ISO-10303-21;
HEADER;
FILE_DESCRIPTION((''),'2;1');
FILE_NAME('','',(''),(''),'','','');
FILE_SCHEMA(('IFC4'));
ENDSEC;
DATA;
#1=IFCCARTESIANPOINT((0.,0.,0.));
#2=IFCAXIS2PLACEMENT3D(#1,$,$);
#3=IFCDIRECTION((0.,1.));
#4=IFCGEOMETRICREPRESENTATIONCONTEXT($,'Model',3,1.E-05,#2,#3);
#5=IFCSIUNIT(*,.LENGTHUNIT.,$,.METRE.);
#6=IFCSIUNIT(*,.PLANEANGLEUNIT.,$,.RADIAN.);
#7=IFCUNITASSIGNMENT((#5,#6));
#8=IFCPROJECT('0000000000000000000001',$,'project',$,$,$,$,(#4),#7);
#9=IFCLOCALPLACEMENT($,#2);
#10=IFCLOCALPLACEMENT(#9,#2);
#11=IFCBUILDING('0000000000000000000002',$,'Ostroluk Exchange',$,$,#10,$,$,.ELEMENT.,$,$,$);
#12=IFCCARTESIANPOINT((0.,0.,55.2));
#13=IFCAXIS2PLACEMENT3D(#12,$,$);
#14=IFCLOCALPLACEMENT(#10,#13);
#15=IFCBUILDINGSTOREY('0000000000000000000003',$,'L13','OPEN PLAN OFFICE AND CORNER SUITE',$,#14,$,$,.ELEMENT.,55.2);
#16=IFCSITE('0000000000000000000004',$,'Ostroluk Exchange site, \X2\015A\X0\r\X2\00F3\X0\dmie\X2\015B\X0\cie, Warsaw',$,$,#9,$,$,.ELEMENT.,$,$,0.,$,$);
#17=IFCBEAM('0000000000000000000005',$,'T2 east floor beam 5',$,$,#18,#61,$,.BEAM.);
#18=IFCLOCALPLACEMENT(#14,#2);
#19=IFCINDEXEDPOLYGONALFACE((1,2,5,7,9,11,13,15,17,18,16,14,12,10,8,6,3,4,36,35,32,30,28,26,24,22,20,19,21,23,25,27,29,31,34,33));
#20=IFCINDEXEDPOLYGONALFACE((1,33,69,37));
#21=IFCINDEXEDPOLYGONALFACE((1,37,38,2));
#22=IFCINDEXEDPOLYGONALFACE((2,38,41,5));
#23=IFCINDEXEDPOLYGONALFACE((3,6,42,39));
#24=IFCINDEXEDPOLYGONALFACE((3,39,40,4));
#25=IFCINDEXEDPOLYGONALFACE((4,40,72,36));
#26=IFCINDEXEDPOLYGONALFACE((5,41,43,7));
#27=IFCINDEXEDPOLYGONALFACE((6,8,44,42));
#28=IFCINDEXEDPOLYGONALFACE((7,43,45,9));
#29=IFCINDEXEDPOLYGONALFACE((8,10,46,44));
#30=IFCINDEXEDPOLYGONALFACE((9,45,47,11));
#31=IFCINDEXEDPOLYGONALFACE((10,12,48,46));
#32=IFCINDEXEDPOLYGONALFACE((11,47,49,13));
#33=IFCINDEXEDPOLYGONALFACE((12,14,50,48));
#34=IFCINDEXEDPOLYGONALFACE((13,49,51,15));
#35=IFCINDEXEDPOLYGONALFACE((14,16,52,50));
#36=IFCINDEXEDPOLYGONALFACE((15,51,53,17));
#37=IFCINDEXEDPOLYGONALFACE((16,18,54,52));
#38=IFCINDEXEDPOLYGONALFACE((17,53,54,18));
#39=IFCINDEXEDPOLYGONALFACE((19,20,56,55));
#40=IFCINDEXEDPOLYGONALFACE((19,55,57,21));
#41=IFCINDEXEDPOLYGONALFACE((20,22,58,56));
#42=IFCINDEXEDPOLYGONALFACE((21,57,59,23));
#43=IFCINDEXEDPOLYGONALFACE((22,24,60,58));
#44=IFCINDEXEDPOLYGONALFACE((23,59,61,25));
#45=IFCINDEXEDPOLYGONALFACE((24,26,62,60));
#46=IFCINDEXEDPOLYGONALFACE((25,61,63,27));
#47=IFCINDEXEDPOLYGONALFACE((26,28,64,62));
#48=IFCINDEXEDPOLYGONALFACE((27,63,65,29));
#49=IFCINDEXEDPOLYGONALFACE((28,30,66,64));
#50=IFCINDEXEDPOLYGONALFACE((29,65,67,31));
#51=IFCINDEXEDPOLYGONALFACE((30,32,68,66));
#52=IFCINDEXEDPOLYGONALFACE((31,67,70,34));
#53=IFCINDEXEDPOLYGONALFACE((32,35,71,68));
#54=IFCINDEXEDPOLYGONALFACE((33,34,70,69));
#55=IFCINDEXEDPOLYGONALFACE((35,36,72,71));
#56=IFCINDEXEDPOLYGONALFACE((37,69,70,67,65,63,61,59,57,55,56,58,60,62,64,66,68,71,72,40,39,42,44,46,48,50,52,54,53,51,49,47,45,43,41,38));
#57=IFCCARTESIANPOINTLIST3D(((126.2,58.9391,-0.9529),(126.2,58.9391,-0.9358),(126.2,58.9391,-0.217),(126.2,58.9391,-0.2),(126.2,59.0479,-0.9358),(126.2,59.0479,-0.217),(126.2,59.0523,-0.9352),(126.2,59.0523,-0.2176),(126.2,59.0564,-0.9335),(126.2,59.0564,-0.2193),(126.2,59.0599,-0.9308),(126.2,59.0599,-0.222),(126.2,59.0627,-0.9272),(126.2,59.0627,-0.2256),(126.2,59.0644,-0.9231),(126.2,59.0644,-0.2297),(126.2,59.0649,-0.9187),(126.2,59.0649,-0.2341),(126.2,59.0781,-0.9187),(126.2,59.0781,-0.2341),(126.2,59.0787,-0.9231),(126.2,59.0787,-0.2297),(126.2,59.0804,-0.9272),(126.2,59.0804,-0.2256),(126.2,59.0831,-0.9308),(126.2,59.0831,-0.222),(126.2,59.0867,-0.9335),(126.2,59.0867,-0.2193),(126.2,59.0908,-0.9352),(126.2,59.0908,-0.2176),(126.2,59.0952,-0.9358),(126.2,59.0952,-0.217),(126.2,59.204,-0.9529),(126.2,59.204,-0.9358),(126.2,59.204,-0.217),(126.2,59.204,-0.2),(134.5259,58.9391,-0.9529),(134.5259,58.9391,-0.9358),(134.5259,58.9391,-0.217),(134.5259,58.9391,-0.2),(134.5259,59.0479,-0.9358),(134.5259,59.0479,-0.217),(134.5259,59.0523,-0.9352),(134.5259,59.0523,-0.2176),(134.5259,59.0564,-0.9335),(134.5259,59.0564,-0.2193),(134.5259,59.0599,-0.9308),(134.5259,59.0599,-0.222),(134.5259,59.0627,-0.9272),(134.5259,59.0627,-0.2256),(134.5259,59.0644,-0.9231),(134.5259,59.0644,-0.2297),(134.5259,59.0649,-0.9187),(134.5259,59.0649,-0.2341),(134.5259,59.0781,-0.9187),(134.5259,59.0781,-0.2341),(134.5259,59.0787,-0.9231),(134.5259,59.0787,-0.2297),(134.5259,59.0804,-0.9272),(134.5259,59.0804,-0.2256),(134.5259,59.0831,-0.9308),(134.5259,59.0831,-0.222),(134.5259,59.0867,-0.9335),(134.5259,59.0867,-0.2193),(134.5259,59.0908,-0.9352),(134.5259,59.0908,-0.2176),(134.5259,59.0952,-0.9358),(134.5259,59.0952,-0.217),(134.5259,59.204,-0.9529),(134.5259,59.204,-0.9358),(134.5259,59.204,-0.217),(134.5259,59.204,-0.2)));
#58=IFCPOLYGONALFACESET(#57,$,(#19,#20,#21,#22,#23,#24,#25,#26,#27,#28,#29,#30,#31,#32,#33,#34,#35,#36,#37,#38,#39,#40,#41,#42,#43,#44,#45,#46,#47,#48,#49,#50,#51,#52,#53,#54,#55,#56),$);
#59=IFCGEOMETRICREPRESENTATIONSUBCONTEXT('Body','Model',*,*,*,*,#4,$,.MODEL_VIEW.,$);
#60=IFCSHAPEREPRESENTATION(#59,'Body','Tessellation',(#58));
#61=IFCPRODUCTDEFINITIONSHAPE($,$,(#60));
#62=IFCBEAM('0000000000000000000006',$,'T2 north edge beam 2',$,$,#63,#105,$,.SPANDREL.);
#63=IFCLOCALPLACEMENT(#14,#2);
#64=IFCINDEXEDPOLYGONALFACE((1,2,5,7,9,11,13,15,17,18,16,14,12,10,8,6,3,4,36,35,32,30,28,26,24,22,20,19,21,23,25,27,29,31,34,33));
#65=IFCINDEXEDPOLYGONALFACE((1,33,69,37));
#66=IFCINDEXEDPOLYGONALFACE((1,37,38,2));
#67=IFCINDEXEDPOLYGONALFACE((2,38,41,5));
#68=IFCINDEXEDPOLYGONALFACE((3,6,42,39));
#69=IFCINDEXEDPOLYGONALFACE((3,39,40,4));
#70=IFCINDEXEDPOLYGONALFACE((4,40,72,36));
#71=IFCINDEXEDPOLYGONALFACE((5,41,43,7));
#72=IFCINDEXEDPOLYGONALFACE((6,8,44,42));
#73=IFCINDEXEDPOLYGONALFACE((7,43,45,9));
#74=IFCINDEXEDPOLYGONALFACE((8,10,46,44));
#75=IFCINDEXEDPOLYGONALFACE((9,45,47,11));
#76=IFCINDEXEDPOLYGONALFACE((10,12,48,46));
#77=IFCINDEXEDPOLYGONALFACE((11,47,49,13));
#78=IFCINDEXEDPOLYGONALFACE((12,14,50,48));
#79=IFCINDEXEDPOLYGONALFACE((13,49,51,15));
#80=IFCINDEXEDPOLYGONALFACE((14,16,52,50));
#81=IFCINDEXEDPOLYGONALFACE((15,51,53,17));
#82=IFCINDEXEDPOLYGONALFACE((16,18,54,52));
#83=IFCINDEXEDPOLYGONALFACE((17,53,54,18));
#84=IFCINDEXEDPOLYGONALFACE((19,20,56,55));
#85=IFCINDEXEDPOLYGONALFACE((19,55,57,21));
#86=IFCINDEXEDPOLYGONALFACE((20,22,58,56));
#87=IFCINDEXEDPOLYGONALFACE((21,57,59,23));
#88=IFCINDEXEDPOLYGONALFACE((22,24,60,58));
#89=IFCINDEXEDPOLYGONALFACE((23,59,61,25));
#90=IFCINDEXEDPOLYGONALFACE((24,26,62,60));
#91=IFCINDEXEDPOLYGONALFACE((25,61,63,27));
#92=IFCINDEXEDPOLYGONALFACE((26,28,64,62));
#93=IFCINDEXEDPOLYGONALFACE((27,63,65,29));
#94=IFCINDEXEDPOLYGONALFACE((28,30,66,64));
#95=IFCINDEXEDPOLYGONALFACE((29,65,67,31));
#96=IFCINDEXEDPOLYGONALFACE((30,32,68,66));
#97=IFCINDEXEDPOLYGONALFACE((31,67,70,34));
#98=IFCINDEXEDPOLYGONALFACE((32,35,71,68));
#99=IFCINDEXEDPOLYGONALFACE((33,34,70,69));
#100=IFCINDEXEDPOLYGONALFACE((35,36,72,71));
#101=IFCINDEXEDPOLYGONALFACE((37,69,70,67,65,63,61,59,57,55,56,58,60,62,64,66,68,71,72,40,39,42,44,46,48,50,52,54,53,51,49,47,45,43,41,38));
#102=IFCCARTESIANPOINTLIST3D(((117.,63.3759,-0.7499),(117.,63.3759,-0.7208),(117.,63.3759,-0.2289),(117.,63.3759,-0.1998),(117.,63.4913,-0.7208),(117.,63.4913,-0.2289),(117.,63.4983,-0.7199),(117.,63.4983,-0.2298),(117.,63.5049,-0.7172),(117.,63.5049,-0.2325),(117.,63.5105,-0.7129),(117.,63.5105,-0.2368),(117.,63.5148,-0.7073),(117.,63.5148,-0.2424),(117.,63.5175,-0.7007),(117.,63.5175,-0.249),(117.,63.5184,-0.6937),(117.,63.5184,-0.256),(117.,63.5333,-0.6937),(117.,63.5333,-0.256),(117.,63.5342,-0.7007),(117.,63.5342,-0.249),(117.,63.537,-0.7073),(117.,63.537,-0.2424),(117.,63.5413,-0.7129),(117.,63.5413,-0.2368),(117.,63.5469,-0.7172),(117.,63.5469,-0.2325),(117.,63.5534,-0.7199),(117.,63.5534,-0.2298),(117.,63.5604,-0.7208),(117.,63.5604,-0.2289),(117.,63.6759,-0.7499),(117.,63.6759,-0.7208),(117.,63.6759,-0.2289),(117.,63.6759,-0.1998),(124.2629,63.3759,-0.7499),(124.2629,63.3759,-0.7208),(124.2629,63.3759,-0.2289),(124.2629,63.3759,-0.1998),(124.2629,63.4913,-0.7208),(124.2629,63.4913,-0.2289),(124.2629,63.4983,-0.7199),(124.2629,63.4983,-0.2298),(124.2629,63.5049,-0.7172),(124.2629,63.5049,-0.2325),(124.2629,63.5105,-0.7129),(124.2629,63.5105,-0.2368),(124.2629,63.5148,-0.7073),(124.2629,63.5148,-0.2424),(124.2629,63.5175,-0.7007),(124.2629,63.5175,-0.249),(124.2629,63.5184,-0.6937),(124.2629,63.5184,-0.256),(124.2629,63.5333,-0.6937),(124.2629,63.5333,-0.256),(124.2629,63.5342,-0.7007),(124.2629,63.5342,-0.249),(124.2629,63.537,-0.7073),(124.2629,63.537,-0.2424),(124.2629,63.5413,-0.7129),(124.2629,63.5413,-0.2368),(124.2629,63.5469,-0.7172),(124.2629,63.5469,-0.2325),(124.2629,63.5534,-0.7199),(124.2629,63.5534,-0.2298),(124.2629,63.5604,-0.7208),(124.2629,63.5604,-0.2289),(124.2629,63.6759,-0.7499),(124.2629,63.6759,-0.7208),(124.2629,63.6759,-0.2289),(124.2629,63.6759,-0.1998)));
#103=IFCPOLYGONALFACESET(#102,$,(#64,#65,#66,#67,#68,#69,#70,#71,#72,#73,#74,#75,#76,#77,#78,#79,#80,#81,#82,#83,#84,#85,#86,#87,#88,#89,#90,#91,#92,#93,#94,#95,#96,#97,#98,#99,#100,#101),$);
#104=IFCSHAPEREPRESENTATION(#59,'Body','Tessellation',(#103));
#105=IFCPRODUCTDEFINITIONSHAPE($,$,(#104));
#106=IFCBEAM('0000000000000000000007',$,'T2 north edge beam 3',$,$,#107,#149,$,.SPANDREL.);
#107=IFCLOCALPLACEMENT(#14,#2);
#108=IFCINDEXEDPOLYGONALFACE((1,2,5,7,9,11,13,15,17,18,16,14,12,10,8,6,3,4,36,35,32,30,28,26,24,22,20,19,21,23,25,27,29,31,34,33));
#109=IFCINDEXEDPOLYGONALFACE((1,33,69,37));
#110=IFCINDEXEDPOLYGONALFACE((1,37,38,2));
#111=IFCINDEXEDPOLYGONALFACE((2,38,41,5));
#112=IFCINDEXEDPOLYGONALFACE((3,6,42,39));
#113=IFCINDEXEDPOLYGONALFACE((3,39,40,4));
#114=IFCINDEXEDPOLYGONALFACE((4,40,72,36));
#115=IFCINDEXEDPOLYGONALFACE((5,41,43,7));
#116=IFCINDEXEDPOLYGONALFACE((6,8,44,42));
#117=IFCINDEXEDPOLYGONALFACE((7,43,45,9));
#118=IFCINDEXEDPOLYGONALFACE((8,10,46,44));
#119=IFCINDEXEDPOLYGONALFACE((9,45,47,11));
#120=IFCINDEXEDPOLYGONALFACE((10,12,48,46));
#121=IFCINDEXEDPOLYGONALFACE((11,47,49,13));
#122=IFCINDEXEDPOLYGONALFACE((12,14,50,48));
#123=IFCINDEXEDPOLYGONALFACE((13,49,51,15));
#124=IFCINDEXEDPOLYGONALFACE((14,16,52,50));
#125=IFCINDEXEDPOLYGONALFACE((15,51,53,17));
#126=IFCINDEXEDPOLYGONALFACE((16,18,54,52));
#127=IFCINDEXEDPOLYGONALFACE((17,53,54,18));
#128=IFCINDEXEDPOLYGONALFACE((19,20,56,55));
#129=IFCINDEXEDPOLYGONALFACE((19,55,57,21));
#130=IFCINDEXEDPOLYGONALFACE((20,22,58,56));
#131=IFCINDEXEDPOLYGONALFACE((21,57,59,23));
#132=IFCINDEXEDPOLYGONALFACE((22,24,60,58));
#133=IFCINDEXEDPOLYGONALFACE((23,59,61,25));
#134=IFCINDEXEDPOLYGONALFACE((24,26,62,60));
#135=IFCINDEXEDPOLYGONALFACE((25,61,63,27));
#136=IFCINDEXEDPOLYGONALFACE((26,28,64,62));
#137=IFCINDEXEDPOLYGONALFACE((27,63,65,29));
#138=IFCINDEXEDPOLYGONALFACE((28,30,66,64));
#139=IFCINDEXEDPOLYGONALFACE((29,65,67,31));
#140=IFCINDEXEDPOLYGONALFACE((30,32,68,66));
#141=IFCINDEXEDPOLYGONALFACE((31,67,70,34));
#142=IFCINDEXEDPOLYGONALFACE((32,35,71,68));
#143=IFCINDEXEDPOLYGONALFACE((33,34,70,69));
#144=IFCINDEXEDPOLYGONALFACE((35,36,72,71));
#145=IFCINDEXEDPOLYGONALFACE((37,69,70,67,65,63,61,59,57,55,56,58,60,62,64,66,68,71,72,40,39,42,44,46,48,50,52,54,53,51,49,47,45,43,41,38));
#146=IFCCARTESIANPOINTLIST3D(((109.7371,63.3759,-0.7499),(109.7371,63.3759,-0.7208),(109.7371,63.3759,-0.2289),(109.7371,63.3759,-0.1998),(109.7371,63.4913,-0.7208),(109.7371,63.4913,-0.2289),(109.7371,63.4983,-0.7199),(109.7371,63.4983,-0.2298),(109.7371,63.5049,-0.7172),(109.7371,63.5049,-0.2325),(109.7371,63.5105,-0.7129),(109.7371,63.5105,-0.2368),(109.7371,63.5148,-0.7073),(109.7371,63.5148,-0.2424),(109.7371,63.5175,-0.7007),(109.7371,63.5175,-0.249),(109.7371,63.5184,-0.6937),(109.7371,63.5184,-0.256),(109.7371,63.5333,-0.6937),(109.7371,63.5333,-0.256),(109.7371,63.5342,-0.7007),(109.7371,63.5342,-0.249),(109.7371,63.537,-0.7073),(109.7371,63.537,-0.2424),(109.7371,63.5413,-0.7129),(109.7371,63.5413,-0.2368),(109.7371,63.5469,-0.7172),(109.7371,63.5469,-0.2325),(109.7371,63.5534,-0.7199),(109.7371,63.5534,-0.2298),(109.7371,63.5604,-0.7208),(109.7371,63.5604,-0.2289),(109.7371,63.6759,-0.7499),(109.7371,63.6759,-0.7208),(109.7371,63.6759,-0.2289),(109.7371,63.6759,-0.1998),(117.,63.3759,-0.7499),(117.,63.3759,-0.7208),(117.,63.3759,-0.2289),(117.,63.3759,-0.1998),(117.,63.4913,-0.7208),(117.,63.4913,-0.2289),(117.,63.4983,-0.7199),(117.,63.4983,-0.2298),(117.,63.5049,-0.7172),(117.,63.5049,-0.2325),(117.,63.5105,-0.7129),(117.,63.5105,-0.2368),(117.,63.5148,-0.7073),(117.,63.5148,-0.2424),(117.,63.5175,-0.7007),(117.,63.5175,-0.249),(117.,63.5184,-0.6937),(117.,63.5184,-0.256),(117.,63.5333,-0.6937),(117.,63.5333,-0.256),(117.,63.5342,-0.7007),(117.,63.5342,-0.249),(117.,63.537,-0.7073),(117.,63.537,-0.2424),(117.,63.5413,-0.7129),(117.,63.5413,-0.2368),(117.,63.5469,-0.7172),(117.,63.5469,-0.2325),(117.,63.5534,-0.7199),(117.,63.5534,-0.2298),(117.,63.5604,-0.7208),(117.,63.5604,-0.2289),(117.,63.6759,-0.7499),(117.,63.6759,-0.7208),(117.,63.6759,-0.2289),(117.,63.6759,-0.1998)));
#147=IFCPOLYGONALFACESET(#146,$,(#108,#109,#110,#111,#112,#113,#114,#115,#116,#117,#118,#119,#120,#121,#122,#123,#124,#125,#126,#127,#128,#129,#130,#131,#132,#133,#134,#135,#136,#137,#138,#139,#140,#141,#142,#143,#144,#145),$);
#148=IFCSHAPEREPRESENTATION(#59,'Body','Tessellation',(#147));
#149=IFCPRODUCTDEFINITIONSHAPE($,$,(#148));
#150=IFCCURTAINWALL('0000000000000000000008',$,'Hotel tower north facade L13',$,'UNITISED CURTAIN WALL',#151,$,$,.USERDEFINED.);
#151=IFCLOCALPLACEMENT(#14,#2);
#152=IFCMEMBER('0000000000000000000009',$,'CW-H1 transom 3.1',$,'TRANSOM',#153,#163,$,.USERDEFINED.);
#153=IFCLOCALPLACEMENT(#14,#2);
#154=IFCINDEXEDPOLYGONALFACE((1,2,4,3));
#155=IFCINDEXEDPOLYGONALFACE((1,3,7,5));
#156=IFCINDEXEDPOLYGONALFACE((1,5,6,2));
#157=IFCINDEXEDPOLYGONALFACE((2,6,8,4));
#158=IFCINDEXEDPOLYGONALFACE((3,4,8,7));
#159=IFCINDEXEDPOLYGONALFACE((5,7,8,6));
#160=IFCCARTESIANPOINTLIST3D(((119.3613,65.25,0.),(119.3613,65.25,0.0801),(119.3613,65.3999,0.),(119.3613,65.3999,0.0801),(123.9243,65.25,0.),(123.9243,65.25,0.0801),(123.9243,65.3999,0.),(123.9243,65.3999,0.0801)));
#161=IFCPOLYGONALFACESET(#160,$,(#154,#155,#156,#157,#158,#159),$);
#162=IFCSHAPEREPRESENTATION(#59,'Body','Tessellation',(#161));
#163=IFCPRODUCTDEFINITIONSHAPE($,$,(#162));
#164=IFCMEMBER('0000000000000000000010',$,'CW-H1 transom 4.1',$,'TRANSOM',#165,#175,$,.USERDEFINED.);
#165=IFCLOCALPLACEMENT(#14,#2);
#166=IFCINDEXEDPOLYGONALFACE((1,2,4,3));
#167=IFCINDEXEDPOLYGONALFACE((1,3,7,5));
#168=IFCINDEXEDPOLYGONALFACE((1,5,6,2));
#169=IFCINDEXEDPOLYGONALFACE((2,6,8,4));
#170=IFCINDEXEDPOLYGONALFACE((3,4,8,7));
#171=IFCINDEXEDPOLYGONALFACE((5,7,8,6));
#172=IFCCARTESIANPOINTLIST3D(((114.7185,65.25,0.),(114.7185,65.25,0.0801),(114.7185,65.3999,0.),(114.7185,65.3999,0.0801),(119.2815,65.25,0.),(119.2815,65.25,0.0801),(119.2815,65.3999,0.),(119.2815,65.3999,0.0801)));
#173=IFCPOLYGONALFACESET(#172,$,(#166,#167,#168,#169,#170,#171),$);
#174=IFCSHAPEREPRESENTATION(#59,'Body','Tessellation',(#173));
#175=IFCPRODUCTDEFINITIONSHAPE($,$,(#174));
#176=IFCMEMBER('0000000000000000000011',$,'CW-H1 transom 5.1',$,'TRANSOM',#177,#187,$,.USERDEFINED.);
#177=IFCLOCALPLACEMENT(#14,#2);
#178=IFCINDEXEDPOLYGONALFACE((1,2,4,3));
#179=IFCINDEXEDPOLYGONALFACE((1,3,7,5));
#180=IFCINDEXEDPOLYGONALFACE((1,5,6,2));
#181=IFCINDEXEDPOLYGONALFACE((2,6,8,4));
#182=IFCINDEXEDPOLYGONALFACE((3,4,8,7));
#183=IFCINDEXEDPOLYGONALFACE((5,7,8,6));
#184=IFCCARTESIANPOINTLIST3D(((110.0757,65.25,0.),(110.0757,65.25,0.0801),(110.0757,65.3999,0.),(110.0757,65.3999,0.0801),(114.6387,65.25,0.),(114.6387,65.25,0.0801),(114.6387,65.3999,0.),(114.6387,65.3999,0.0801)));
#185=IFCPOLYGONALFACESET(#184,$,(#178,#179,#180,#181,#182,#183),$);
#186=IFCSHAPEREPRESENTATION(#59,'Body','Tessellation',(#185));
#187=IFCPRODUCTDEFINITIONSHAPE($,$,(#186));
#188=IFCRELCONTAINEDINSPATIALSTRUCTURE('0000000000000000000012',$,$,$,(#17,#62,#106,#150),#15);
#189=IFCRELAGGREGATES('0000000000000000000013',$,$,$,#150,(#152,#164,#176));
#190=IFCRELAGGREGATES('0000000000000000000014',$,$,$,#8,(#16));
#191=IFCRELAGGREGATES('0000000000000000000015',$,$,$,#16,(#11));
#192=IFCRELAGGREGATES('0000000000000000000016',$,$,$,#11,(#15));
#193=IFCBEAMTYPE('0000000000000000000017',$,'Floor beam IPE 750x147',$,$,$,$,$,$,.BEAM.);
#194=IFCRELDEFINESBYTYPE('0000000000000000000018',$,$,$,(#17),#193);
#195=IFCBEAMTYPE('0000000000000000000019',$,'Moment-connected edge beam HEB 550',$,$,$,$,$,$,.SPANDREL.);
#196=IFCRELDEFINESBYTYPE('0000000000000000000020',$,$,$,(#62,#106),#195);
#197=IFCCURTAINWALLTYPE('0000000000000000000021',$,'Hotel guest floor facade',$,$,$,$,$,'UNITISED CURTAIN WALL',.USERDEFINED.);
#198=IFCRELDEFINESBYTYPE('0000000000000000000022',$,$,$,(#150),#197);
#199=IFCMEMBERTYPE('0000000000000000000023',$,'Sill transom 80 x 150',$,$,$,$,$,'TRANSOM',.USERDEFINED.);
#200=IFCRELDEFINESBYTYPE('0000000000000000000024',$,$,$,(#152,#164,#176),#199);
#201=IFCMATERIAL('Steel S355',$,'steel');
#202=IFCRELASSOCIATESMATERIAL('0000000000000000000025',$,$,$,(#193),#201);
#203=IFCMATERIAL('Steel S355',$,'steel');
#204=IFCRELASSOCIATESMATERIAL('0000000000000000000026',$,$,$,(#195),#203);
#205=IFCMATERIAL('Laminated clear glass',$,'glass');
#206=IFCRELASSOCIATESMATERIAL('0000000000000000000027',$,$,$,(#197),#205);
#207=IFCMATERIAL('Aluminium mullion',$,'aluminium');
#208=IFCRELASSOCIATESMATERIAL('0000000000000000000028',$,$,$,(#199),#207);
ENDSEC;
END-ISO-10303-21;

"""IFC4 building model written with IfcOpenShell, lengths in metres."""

from ifc_helpers import new_model, si_unit, direction, frame, origin, origin_2d, place, context, subcontext, project, spatial, rectangle, i_section, extrude, material, material_profile, profile_set, type_object, element, aggregate, save


model = new_model("IFC4")

# Units and contexts
model_context = context("Model", 3, precision=1e-05, world=origin(), true_north=direction((0.0, 1.0)))
body_context = subcontext(model_context, "Body", "Model", "MODEL_VIEW")
ifc_project = project(units=[si_unit("LENGTHUNIT", "METRE"), si_unit("PLANEANGLEUNIT", "RADIAN")], contexts=[model_context])

# Site, building, storey
site_placement = place(None, origin())
site = spatial("IfcSite", under=ifc_project, at=site_placement, Name="Ostroluk Exchange site, Śródmieście, Warsaw", CompositionType="ELEMENT", RefElevation=0.0)
building_placement = place(site_placement, origin())
building = spatial("IfcBuilding", under=site, at=building_placement, Name="Ostroluk Exchange", CompositionType="ELEMENT")
storey_placement = place(building_placement, frame((0.0, 0.0, 55.2)))
storey = spatial("IfcBuildingStorey", under=building, at=storey_placement, Name="L13", Description="OPEN PLAN OFFICE AND CORNER SUITE", CompositionType="ELEMENT", Elevation=55.2)

# Beams
ifc_material_1 = material(Name="Steel S355", Category="steel")
ifc_material_profile_1 = material_profile(ifc_material_1, i_section(OverallWidth=0.2649, OverallDepth=0.7529, WebThickness=0.0132, FlangeThickness=0.0171, FilletRadius=0.0171, at=origin_2d()), Name="IPE 750x147")
ifc_profile_set_1 = profile_set([ifc_material_profile_1], Name="Steel S355")
beam_type_1 = type_object("IfcBeamType", Name="Floor beam IPE 750x147", PredefinedType="BEAM", material=ifc_profile_set_1)
beam_placement = place(storey_placement, frame((126.2, 59.0715, -0.5764), z_axis=(1.0, 0.0, 0.0), x_axis=(0.0, 1.0, 0.0)))
element("IfcBeam", 1, at=beam_placement, inside=storey, type_object=beam_type_1, Name="T2 east floor beam 5", PredefinedType="BEAM", context=body_context, shape_type="SweptSolid", body=[
    extrude(i_section(OverallWidth=0.2649, OverallDepth=0.7529, WebThickness=0.0132, FlangeThickness=0.0171, FilletRadius=0.0171, at=origin_2d()), origin(), (0.0, 0.0, 1.0), 8.3259),
])
ifc_material_2 = material(Name="Steel S355", Category="steel")
ifc_material_profile_2 = material_profile(ifc_material_2, i_section(OverallWidth=0.3, OverallDepth=0.55, WebThickness=0.0149, FlangeThickness=0.0291, FilletRadius=0.0271, at=origin_2d()), Name="HEB 550")
ifc_profile_set_2 = profile_set([ifc_material_profile_2], Name="Steel S355")
beam_type_2 = type_object("IfcBeamType", Name="Moment-connected edge beam HEB 550", PredefinedType="SPANDREL", material=ifc_profile_set_2)
for number, where, z_axis, x_axis, name in (
    (2, (124.2629, 63.5259, -0.4749), (-1.0, 0.0, 0.0), (0.0, -1.0, 0.0), "T2 north edge beam 2"),
    (3, (117.0, 63.5259, -0.4749), (-1.0, 0.0, 0.0), (0.0, -1.0, 0.0), "T2 north edge beam 3"),
):
    element("IfcBeam", number, at=place(storey_placement, frame(where, z_axis=z_axis, x_axis=x_axis)), inside=storey, type_object=beam_type_2, Name=name, PredefinedType="SPANDREL", context=body_context, shape_type="SweptSolid", body=[
        extrude(i_section(OverallWidth=0.3, OverallDepth=0.55, WebThickness=0.0149, FlangeThickness=0.0291, FilletRadius=0.0271, at=origin_2d()), origin(), (0.0, 0.0, 1.0), 7.2629),
    ])

# Curtain wall, members
ifc_material_3 = material(Name="Laminated clear glass", Category="glass")
curtain_wall_type = type_object("IfcCurtainWallType", Name="Hotel guest floor facade", ElementType="UNITISED CURTAIN WALL", PredefinedType="USERDEFINED", material=ifc_material_3)
curtain_wall_placement = place(storey_placement, origin())
curtain_wall = element("IfcCurtainWall", 4, at=curtain_wall_placement, inside=storey, type_object=curtain_wall_type, Name="Hotel tower north facade L13", ObjectType="UNITISED CURTAIN WALL", PredefinedType="USERDEFINED")
ifc_material_4 = material(Name="Aluminium mullion", Category="aluminium")
ifc_material_profile_3 = material_profile(ifc_material_4, rectangle(XDim=0.1499, YDim=0.0801, at=origin_2d()), Name="Sill transom 80 x 150")
ifc_profile_set_3 = profile_set([ifc_material_profile_3], Name="Aluminium mullion")
member_type_1 = type_object("IfcMemberType", Name="Sill transom 80 x 150", ElementType="TRANSOM", PredefinedType="USERDEFINED", material=ifc_profile_set_3)
member_1_placement = place(storey_placement, frame((123.9243, 65.325, 0.04), z_axis=(-1.0, 0.0, 0.0), x_axis=(0.0, -1.0, 0.0)))
member_1 = element("IfcMember", 5, at=member_1_placement, type_object=member_type_1, Name="CW-H1 transom 3.1", ObjectType="TRANSOM", PredefinedType="USERDEFINED", context=body_context, shape_type="SweptSolid", body=[
    extrude(rectangle(XDim=0.1499, YDim=0.0801, at=origin_2d()), origin(), (0.0, 0.0, 1.0), 4.563),
])
member_2_placement = place(storey_placement, frame((119.2815, 65.325, 0.04), z_axis=(-1.0, 0.0, 0.0), x_axis=(0.0, -1.0, 0.0)))
member_2 = element("IfcMember", 6, at=member_2_placement, type_object=member_type_1, Name="CW-H1 transom 4.1", ObjectType="TRANSOM", PredefinedType="USERDEFINED", context=body_context, shape_type="SweptSolid", body=[
    extrude(rectangle(XDim=0.1499, YDim=0.0801, at=origin_2d()), origin(), (0.0, 0.0, 1.0), 4.563),
])
member_3_placement = place(storey_placement, frame((114.6387, 65.325, 0.04), z_axis=(-1.0, 0.0, 0.0), x_axis=(0.0, -1.0, 0.0)))
member_3 = element("IfcMember", 7, at=member_3_placement, type_object=member_type_1, Name="CW-H1 transom 5.1", ObjectType="TRANSOM", PredefinedType="USERDEFINED", context=body_context, shape_type="SweptSolid", body=[
    extrude(rectangle(XDim=0.1499, YDim=0.0801, at=origin_2d()), origin(), (0.0, 0.0, 1.0), 4.563),
])
aggregate(curtain_wall, [member_1, member_2, member_3])

save(model, "model.ifc")
